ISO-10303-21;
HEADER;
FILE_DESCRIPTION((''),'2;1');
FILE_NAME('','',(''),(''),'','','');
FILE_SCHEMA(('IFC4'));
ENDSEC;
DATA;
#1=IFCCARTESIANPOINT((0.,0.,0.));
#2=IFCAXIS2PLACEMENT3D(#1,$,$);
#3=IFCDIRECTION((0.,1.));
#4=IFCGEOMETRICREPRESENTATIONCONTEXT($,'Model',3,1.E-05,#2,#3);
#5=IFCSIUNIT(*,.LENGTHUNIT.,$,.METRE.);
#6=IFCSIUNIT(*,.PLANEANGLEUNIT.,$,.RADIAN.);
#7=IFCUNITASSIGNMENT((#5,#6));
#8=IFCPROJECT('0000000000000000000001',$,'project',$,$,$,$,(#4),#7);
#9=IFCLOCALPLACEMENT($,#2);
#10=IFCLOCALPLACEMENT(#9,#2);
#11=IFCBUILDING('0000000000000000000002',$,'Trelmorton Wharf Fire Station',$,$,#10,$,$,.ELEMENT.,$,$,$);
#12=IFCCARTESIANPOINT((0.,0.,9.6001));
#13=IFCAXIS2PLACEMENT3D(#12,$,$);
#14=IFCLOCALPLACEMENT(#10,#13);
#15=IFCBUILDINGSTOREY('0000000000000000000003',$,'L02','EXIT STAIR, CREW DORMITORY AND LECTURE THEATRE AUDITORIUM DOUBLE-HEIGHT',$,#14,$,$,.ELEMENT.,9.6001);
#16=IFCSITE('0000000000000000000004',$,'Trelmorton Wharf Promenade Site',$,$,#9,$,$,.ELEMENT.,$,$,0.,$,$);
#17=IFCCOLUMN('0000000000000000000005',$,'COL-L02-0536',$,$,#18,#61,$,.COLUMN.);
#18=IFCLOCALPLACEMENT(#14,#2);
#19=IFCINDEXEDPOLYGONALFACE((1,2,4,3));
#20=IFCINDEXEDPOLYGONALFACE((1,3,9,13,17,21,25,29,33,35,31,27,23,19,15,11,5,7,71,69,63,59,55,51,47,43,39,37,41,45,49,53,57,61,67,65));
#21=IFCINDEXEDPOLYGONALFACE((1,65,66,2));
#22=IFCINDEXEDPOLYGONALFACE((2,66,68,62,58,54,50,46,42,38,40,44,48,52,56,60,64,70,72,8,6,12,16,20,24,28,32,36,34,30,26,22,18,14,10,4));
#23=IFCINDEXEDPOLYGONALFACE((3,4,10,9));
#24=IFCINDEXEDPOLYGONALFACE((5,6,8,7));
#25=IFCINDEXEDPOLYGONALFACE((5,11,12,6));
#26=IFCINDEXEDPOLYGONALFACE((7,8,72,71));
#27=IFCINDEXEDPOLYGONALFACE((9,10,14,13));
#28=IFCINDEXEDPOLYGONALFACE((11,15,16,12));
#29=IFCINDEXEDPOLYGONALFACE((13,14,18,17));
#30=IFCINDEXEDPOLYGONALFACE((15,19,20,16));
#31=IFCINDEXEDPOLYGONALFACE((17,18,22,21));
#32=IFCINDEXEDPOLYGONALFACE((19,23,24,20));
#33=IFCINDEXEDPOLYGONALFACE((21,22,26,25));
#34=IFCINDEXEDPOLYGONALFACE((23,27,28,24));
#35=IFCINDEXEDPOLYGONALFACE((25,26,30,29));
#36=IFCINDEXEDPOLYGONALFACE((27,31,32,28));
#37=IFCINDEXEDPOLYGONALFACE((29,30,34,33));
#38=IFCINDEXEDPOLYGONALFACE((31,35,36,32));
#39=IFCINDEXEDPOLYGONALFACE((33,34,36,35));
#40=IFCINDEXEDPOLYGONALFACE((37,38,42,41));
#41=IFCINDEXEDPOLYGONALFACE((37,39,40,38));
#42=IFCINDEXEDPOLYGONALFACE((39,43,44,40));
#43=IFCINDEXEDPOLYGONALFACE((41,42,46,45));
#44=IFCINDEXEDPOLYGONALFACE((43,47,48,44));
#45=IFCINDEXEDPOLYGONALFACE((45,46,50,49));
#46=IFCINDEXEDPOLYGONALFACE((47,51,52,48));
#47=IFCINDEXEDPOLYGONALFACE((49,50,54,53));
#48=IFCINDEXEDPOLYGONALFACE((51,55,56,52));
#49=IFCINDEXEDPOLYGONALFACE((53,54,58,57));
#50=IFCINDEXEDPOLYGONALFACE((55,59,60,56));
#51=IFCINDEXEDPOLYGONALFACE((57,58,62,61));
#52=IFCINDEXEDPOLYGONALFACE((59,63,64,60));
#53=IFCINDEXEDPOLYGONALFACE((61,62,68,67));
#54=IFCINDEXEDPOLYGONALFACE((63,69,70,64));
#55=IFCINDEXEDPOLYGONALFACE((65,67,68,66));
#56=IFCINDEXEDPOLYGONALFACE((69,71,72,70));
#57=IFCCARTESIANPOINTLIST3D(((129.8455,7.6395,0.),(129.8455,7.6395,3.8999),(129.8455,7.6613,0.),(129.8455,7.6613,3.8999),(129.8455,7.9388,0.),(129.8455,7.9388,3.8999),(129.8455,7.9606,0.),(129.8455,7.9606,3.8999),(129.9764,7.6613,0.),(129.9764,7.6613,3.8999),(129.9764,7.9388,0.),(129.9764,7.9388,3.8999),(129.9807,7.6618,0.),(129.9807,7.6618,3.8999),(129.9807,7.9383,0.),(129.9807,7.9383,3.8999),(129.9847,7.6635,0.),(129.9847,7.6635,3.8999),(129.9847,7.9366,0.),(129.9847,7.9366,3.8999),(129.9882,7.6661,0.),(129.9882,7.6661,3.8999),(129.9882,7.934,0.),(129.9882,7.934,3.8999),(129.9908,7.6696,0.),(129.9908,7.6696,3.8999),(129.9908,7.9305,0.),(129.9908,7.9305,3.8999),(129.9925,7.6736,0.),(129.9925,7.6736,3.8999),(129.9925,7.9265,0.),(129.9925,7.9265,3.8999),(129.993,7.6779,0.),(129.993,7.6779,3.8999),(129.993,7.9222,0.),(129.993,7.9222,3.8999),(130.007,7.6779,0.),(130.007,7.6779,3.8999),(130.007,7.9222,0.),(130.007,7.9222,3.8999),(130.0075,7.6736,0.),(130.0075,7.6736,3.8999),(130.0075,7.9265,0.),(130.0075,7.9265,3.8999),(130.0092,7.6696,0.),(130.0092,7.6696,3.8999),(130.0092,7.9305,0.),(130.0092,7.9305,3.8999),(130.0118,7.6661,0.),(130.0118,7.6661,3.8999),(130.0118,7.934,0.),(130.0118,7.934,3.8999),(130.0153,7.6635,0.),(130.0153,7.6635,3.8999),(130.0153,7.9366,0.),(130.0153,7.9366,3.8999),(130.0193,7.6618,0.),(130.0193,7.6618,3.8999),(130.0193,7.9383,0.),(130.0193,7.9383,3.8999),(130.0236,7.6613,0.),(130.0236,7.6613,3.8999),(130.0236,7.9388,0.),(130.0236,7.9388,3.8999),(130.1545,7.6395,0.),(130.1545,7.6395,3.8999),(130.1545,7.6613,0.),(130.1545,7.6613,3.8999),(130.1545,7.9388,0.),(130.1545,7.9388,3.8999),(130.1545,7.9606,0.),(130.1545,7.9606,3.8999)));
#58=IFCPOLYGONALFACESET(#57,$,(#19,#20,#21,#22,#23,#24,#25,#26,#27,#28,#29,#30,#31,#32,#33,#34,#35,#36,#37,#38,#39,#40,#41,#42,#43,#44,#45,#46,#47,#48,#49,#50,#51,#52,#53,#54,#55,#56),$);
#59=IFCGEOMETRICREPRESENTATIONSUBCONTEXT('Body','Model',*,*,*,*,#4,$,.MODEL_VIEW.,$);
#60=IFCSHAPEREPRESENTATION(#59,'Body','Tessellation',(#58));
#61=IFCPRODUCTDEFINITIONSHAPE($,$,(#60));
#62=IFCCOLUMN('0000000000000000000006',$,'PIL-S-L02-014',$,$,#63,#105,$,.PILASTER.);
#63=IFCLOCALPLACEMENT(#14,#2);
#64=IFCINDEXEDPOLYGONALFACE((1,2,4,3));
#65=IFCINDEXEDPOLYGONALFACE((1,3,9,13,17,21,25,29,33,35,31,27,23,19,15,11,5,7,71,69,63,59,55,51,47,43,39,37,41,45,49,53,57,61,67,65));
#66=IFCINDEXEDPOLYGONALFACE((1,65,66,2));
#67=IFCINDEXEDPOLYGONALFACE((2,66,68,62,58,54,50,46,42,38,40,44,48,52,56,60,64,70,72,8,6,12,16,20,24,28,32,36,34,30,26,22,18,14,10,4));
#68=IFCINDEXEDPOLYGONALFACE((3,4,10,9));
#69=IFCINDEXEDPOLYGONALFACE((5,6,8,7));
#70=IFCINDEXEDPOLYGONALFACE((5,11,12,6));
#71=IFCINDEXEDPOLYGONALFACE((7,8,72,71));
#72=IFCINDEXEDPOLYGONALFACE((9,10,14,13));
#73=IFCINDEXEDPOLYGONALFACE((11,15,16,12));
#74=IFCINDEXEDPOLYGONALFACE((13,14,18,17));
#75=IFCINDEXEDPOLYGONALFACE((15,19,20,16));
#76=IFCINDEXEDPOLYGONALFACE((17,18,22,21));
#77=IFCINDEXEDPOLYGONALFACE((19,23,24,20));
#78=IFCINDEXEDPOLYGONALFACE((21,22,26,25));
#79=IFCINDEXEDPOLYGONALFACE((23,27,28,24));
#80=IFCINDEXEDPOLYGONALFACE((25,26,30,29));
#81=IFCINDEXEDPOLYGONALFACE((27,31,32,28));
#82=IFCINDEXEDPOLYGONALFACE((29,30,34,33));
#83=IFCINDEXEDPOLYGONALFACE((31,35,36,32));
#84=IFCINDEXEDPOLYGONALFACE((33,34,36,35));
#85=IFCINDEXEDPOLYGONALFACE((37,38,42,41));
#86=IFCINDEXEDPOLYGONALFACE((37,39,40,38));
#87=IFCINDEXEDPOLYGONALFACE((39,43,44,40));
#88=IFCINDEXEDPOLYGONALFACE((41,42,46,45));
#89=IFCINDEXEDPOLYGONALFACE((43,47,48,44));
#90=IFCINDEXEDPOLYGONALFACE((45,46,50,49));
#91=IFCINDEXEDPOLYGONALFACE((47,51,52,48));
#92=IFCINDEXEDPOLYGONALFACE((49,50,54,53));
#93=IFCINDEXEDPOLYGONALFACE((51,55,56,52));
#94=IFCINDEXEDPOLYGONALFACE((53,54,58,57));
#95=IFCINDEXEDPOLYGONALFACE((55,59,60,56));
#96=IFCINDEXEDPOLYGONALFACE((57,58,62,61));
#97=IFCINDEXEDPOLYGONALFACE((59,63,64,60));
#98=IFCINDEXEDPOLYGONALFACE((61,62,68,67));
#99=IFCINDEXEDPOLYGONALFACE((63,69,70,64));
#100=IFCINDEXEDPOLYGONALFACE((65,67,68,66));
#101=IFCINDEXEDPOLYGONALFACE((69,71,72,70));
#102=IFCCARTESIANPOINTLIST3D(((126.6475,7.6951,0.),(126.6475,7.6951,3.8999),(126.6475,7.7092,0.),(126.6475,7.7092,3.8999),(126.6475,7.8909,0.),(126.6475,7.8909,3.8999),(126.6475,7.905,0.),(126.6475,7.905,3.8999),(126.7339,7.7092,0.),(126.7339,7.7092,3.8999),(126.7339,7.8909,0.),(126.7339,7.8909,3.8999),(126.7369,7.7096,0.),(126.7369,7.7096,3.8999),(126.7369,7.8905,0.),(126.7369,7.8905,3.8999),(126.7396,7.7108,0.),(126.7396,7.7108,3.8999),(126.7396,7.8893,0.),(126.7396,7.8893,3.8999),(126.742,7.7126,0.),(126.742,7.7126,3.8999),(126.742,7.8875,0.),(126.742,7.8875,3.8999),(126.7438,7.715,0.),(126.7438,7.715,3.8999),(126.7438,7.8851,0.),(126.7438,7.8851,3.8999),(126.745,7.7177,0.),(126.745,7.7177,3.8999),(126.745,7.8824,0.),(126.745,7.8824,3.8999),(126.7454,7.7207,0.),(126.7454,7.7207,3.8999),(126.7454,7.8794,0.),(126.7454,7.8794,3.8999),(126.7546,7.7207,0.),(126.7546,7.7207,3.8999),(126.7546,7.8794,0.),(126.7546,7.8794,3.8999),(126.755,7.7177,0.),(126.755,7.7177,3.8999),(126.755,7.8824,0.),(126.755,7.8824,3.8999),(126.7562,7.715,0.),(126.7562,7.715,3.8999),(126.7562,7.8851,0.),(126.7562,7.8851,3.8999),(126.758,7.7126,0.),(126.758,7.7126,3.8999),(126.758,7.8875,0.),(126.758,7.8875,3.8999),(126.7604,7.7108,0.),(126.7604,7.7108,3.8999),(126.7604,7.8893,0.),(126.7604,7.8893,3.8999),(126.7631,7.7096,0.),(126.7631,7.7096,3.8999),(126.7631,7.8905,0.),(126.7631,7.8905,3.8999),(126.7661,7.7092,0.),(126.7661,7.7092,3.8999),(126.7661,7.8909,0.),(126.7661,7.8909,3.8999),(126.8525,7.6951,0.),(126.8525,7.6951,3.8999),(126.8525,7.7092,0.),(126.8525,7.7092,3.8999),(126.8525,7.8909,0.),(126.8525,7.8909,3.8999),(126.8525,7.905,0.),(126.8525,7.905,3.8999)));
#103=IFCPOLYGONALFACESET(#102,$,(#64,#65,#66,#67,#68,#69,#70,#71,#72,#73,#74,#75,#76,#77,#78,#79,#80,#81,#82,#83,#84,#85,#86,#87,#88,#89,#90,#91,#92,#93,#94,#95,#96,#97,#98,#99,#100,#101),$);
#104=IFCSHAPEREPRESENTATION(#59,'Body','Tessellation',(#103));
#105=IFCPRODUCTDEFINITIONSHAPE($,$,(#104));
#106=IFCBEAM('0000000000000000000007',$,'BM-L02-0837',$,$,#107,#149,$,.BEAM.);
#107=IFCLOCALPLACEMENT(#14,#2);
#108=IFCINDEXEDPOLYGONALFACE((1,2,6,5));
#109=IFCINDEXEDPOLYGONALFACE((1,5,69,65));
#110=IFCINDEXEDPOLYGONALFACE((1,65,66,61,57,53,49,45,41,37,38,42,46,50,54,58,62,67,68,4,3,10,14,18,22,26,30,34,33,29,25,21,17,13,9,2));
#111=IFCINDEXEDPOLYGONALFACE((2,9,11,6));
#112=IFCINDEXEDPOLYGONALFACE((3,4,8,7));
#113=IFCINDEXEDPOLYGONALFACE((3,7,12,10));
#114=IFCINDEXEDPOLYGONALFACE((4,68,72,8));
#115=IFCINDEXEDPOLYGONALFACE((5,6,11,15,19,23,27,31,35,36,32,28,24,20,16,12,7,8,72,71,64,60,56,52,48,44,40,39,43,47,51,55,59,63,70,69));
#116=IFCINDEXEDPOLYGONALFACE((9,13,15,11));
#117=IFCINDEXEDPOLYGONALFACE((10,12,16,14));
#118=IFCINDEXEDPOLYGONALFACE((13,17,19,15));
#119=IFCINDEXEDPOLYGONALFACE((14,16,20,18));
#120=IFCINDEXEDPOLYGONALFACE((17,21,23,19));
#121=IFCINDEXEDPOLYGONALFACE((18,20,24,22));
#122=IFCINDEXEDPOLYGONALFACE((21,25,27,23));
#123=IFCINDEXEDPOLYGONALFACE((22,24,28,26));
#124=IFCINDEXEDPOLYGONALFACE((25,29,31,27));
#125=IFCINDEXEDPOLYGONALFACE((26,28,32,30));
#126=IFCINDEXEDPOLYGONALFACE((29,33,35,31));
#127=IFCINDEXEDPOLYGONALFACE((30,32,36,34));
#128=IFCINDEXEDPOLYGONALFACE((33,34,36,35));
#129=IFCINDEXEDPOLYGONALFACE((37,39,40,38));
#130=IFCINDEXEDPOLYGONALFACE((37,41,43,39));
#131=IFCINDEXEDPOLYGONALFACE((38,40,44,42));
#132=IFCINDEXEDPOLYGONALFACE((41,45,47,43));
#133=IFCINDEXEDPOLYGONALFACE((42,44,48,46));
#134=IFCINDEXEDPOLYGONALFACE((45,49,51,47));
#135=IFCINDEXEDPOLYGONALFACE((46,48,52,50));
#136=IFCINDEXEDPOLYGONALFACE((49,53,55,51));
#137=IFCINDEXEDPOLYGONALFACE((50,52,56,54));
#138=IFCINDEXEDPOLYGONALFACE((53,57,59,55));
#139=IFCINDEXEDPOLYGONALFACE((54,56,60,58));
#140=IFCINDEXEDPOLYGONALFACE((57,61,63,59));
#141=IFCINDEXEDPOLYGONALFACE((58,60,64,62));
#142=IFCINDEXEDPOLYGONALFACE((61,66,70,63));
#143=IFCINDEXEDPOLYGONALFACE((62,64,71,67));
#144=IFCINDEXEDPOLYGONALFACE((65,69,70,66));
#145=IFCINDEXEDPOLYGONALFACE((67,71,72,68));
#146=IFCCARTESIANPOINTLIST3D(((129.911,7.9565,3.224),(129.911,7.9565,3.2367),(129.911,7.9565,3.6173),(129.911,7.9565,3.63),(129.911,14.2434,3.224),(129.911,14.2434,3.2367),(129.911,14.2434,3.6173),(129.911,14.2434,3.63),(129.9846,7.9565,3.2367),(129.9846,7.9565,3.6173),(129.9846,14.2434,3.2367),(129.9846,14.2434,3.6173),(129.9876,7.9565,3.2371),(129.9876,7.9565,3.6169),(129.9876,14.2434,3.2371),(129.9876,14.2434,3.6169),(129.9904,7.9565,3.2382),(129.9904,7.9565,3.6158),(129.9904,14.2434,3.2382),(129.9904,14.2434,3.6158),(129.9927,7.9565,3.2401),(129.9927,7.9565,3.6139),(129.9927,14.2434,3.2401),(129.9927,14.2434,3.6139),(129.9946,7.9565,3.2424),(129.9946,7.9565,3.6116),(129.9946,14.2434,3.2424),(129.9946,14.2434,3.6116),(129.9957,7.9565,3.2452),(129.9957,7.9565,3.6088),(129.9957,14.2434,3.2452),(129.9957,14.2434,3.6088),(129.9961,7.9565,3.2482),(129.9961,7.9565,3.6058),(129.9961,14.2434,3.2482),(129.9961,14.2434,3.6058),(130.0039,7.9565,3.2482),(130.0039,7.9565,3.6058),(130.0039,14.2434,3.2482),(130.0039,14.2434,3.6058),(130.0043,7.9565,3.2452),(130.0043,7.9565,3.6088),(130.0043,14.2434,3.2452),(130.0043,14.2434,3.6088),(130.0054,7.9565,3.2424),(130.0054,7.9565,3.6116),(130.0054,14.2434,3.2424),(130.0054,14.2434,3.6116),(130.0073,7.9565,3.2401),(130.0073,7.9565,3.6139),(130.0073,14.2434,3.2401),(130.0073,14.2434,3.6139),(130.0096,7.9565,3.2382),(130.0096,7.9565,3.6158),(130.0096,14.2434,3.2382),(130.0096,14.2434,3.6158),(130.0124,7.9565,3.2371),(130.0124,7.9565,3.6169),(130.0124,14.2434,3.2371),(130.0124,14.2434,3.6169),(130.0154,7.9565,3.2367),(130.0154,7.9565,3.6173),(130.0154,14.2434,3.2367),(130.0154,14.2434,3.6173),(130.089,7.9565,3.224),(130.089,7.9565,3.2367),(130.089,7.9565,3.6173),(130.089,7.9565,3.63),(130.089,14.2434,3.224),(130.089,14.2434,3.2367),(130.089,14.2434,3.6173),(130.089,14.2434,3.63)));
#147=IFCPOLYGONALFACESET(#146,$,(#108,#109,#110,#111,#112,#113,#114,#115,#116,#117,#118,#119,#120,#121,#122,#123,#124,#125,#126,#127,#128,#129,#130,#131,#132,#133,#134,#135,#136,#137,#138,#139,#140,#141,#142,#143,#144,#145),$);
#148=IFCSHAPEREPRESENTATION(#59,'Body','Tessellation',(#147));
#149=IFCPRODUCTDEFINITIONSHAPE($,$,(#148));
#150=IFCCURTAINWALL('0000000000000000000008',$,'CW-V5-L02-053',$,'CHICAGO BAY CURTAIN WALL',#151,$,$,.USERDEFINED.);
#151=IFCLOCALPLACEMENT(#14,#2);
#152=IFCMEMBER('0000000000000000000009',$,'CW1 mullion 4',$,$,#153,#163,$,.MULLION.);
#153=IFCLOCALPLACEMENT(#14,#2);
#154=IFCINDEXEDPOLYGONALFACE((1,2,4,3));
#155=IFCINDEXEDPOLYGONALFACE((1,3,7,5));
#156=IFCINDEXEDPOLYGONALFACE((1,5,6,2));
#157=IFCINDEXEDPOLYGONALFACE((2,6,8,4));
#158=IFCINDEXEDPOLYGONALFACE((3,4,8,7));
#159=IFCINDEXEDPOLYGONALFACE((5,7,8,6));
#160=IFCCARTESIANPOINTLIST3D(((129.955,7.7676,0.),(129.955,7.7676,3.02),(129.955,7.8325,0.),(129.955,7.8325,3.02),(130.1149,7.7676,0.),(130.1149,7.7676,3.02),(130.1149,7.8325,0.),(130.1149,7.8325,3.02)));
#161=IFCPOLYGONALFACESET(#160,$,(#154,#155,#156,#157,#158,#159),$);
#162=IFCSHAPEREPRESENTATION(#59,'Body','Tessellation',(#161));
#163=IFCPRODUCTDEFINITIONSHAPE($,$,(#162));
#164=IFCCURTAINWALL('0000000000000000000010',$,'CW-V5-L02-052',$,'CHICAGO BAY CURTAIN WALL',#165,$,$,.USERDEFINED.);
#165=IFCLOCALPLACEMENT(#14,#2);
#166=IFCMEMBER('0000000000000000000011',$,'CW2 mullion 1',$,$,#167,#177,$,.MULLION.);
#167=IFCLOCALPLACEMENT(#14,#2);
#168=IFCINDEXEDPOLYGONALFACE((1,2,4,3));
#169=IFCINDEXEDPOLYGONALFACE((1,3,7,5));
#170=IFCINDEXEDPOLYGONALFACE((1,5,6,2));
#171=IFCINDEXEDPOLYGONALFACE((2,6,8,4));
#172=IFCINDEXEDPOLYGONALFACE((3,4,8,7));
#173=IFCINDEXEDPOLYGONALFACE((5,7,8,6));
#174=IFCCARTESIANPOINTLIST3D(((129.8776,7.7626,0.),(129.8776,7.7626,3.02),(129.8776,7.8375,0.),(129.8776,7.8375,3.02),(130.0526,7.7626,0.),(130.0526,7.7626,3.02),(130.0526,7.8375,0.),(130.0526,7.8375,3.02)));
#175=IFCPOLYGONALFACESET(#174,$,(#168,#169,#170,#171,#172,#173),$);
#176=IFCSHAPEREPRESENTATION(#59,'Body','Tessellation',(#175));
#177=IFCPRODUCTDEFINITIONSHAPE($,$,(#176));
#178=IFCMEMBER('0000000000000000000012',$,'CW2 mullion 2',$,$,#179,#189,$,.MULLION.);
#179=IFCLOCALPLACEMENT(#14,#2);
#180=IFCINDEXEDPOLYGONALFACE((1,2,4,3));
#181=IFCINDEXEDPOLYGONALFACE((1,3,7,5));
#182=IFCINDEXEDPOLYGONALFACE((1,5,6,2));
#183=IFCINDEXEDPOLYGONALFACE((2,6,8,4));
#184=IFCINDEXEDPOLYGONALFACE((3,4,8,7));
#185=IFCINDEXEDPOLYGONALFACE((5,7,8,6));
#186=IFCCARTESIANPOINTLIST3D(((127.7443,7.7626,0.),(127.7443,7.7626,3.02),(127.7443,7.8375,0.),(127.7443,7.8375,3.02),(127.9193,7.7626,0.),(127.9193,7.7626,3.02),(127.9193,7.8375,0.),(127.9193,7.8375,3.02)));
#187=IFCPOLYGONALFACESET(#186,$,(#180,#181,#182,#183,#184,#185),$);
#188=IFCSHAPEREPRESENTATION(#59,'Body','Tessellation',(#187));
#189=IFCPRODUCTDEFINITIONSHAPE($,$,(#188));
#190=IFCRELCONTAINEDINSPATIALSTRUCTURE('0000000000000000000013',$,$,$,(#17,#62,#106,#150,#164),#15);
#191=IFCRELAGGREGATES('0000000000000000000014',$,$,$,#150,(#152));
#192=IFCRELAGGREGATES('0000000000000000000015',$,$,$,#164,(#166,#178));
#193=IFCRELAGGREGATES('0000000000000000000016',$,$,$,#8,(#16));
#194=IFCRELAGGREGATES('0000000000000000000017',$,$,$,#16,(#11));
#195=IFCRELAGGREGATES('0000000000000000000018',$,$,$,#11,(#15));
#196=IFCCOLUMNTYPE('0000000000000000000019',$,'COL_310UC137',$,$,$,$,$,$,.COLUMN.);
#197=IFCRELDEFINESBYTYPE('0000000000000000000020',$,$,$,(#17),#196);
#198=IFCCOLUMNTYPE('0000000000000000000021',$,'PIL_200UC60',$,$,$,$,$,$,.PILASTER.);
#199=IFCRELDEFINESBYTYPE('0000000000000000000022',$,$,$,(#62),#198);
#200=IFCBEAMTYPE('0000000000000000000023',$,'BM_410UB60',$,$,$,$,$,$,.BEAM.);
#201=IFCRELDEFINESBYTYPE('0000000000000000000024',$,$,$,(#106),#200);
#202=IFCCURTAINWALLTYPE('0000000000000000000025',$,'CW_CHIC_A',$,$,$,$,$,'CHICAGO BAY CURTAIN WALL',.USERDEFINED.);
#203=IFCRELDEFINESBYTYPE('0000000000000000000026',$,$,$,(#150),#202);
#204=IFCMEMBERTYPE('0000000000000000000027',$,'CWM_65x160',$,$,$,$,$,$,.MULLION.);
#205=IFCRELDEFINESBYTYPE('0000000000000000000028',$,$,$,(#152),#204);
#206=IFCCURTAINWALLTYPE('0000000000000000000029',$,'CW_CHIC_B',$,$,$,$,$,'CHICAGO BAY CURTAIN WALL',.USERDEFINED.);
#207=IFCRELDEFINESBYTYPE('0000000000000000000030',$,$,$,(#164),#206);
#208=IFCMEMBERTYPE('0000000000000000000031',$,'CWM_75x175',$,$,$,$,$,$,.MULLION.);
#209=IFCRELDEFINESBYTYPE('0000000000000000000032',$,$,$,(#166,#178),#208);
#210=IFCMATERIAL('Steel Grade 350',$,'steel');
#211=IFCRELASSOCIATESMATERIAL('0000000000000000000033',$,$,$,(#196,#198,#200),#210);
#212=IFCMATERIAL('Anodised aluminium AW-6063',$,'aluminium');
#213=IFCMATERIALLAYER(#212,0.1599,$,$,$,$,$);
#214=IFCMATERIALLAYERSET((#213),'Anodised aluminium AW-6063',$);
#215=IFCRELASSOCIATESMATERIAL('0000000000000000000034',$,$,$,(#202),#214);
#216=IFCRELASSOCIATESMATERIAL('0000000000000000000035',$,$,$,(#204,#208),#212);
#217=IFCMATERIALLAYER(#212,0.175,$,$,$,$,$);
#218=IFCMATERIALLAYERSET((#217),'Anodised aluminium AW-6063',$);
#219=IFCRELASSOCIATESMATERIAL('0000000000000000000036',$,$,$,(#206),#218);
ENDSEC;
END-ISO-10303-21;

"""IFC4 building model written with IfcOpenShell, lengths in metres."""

from ifc_helpers import new_model, si_unit, direction, frame, origin, origin_2d, place, context, subcontext, project, spatial, rectangle, i_section, extrude, material, layer, layer_set, material_profile, profile_set, type_object, element, aggregate, save


model = new_model("IFC4")

# Units and contexts
model_context = context("Model", 3, precision=1e-05, world=origin(), true_north=direction((0.0, 1.0)))
body_context = subcontext(model_context, "Body", "Model", "MODEL_VIEW")
ifc_project = project(units=[si_unit("LENGTHUNIT", "METRE"), si_unit("PLANEANGLEUNIT", "RADIAN")], contexts=[model_context])

# Site, building, storey
site_placement = place(None, origin())
site = spatial("IfcSite", under=ifc_project, at=site_placement, Name="Trelmorton Wharf Promenade Site", CompositionType="ELEMENT", RefElevation=0.0)
building_placement = place(site_placement, origin())
building = spatial("IfcBuilding", under=site, at=building_placement, Name="Trelmorton Wharf Fire Station", CompositionType="ELEMENT")
storey_placement = place(building_placement, frame((0.0, 0.0, 9.6001)))
storey = spatial("IfcBuildingStorey", under=building, at=storey_placement, Name="L02", Description="EXIT STAIR, CREW DORMITORY AND LECTURE THEATRE AUDITORIUM DOUBLE-HEIGHT", CompositionType="ELEMENT", Elevation=9.6001)

# Columns
ifc_material_1 = material(Name="Steel Grade 350", Category="steel")
ifc_material_profile_1 = material_profile(ifc_material_1, i_section(OverallWidth=0.3091, OverallDepth=0.321, WebThickness=0.0139, FlangeThickness=0.0217, FilletRadius=0.0166, at=origin_2d()), Name="310UC137")
ifc_profile_set_1 = profile_set([ifc_material_profile_1], Name="Steel Grade 350")
column_type_1 = type_object("IfcColumnType", Name="COL_310UC137", PredefinedType="COLUMN", material=ifc_profile_set_1)
column_1_placement = place(storey_placement, frame((130.0, 7.8, 0.0), z_axis=(0.0, 0.0, 1.0), x_axis=(1.0, 0.0, 0.0)))
element("IfcColumn", 1, at=column_1_placement, inside=storey, type_object=column_type_1, Name="COL-L02-0536", PredefinedType="COLUMN", context=body_context, shape_type="SweptSolid", body=[
    extrude(i_section(OverallWidth=0.3091, OverallDepth=0.321, WebThickness=0.0139, FlangeThickness=0.0217, FilletRadius=0.0166, at=origin_2d()), origin(), (0.0, 0.0, 1.0), 3.8999),
])
ifc_material_profile_2 = material_profile(ifc_material_1, i_section(OverallWidth=0.2051, OverallDepth=0.21, WebThickness=0.0093, FlangeThickness=0.0142, FilletRadius=0.0115, at=origin_2d()), Name="200UC59.5")
ifc_profile_set_2 = profile_set([ifc_material_profile_2], Name="Steel Grade 350")
column_type_2 = type_object("IfcColumnType", Name="PIL_200UC60", PredefinedType="PILASTER", material=ifc_profile_set_2)
column_2_placement = place(storey_placement, frame((126.75, 7.8, 0.0), z_axis=(0.0, 0.0, 1.0), x_axis=(1.0, 0.0, 0.0)))
element("IfcColumn", 2, at=column_2_placement, inside=storey, type_object=column_type_2, Name="PIL-S-L02-014", PredefinedType="PILASTER", context=body_context, shape_type="SweptSolid", body=[
    extrude(i_section(OverallWidth=0.2051, OverallDepth=0.21, WebThickness=0.0093, FlangeThickness=0.0142, FilletRadius=0.0115, at=origin_2d()), origin(), (0.0, 0.0, 1.0), 3.8999),
])

# Beam
ifc_material_profile_3 = material_profile(ifc_material_1, i_section(OverallWidth=0.178, OverallDepth=0.406, WebThickness=0.0078, FlangeThickness=0.0127, FilletRadius=0.0115, at=origin_2d()), Name="410UB59.7")
ifc_profile_set_3 = profile_set([ifc_material_profile_3], Name="Steel Grade 350")
beam_type_1 = type_object("IfcBeamType", Name="BM_410UB60", PredefinedType="BEAM", material=ifc_profile_set_3)
beam_1_placement = place(storey_placement, frame((130.0, 7.9565, 3.427), z_axis=(0.0, 1.0, 0.0), x_axis=(-1.0, 0.0, 0.0)))
element("IfcBeam", 3, at=beam_1_placement, inside=storey, type_object=beam_type_1, Name="BM-L02-0837", PredefinedType="BEAM", context=body_context, shape_type="SweptSolid", body=[
    extrude(i_section(OverallWidth=0.178, OverallDepth=0.406, WebThickness=0.0078, FlangeThickness=0.0127, FilletRadius=0.0115, at=origin_2d()), origin(), (0.0, 0.0, 1.0), 6.2869),
])

# Curtain wall, member
ifc_material_2 = material(Name="Anodised aluminium AW-6063", Category="aluminium")
ifc_layer_1 = layer(ifc_material_2, 0.1599)
ifc_layer_set_1 = layer_set([ifc_layer_1], Name="Anodised aluminium AW-6063")
curtain_wall_type_1 = type_object("IfcCurtainWallType", Name="CW_CHIC_A", ElementType="CHICAGO BAY CURTAIN WALL", PredefinedType="USERDEFINED", material=ifc_layer_set_1)
curtain_wall_1_placement = place(storey_placement, origin())
curtain_wall_1 = element("IfcCurtainWall", 4, at=curtain_wall_1_placement, inside=storey, type_object=curtain_wall_type_1, Name="CW-V5-L02-053", ObjectType="CHICAGO BAY CURTAIN WALL", PredefinedType="USERDEFINED")
ifc_material_profile_4 = material_profile(ifc_material_2, rectangle(XDim=0.0649, YDim=0.1599, at=origin_2d()), Name="ALU-65x160")
ifc_profile_set_4 = profile_set([ifc_material_profile_4], Name="Anodised aluminium AW-6063")
member_type_1 = type_object("IfcMemberType", Name="CWM_65x160", PredefinedType="MULLION", material=ifc_profile_set_4)
member_1_placement = place(storey_placement, frame((130.0349, 7.8, 0.0), z_axis=(0.0, 0.0, 1.0), x_axis=(0.0, -1.0, 0.0)))
member_1 = element("IfcMember", 5, at=member_1_placement, type_object=member_type_1, Name="CW1 mullion 4", PredefinedType="MULLION", context=body_context, shape_type="SweptSolid", body=[
    extrude(rectangle(XDim=0.0649, YDim=0.1599, at=origin_2d()), origin(), (0.0, 0.0, 1.0), 3.02),
])
aggregate(curtain_wall_1, [member_1])

# Curtain wall, members
ifc_layer_2 = layer(ifc_material_2, 0.175)
ifc_layer_set_2 = layer_set([ifc_layer_2], Name="Anodised aluminium AW-6063")
curtain_wall_type_2 = type_object("IfcCurtainWallType", Name="CW_CHIC_B", ElementType="CHICAGO BAY CURTAIN WALL", PredefinedType="USERDEFINED", material=ifc_layer_set_2)
curtain_wall_2_placement = place(storey_placement, origin())
curtain_wall_2 = element("IfcCurtainWall", 6, at=curtain_wall_2_placement, inside=storey, type_object=curtain_wall_type_2, Name="CW-V5-L02-052", ObjectType="CHICAGO BAY CURTAIN WALL", PredefinedType="USERDEFINED")
ifc_material_profile_5 = material_profile(ifc_material_2, rectangle(XDim=0.075, YDim=0.175, at=origin_2d()), Name="ALU-75x175")
ifc_profile_set_5 = profile_set([ifc_material_profile_5], Name="Anodised aluminium AW-6063")
member_type_2 = type_object("IfcMemberType", Name="CWM_75x175", PredefinedType="MULLION", material=ifc_profile_set_5)
member_2_placement = place(storey_placement, frame((129.9651, 7.8, 0.0), z_axis=(0.0, 0.0, 1.0), x_axis=(0.0, -1.0, 0.0)))
member_2 = element("IfcMember", 7, at=member_2_placement, type_object=member_type_2, Name="CW2 mullion 1", PredefinedType="MULLION", context=body_context, shape_type="SweptSolid", body=[
    extrude(rectangle(XDim=0.075, YDim=0.175, at=origin_2d()), origin(), (0.0, 0.0, 1.0), 3.02),
])
member_3_placement = place(storey_placement, frame((127.8318, 7.8, 0.0), z_axis=(0.0, 0.0, 1.0), x_axis=(0.0, -1.0, 0.0)))
member_3 = element("IfcMember", 8, at=member_3_placement, type_object=member_type_2, Name="CW2 mullion 2", PredefinedType="MULLION", context=body_context, shape_type="SweptSolid", body=[
    extrude(rectangle(XDim=0.075, YDim=0.175, at=origin_2d()), origin(), (0.0, 0.0, 1.0), 3.02),
])

aggregate(curtain_wall_2, [member_2, member_3])

save(model, "model.ifc")
